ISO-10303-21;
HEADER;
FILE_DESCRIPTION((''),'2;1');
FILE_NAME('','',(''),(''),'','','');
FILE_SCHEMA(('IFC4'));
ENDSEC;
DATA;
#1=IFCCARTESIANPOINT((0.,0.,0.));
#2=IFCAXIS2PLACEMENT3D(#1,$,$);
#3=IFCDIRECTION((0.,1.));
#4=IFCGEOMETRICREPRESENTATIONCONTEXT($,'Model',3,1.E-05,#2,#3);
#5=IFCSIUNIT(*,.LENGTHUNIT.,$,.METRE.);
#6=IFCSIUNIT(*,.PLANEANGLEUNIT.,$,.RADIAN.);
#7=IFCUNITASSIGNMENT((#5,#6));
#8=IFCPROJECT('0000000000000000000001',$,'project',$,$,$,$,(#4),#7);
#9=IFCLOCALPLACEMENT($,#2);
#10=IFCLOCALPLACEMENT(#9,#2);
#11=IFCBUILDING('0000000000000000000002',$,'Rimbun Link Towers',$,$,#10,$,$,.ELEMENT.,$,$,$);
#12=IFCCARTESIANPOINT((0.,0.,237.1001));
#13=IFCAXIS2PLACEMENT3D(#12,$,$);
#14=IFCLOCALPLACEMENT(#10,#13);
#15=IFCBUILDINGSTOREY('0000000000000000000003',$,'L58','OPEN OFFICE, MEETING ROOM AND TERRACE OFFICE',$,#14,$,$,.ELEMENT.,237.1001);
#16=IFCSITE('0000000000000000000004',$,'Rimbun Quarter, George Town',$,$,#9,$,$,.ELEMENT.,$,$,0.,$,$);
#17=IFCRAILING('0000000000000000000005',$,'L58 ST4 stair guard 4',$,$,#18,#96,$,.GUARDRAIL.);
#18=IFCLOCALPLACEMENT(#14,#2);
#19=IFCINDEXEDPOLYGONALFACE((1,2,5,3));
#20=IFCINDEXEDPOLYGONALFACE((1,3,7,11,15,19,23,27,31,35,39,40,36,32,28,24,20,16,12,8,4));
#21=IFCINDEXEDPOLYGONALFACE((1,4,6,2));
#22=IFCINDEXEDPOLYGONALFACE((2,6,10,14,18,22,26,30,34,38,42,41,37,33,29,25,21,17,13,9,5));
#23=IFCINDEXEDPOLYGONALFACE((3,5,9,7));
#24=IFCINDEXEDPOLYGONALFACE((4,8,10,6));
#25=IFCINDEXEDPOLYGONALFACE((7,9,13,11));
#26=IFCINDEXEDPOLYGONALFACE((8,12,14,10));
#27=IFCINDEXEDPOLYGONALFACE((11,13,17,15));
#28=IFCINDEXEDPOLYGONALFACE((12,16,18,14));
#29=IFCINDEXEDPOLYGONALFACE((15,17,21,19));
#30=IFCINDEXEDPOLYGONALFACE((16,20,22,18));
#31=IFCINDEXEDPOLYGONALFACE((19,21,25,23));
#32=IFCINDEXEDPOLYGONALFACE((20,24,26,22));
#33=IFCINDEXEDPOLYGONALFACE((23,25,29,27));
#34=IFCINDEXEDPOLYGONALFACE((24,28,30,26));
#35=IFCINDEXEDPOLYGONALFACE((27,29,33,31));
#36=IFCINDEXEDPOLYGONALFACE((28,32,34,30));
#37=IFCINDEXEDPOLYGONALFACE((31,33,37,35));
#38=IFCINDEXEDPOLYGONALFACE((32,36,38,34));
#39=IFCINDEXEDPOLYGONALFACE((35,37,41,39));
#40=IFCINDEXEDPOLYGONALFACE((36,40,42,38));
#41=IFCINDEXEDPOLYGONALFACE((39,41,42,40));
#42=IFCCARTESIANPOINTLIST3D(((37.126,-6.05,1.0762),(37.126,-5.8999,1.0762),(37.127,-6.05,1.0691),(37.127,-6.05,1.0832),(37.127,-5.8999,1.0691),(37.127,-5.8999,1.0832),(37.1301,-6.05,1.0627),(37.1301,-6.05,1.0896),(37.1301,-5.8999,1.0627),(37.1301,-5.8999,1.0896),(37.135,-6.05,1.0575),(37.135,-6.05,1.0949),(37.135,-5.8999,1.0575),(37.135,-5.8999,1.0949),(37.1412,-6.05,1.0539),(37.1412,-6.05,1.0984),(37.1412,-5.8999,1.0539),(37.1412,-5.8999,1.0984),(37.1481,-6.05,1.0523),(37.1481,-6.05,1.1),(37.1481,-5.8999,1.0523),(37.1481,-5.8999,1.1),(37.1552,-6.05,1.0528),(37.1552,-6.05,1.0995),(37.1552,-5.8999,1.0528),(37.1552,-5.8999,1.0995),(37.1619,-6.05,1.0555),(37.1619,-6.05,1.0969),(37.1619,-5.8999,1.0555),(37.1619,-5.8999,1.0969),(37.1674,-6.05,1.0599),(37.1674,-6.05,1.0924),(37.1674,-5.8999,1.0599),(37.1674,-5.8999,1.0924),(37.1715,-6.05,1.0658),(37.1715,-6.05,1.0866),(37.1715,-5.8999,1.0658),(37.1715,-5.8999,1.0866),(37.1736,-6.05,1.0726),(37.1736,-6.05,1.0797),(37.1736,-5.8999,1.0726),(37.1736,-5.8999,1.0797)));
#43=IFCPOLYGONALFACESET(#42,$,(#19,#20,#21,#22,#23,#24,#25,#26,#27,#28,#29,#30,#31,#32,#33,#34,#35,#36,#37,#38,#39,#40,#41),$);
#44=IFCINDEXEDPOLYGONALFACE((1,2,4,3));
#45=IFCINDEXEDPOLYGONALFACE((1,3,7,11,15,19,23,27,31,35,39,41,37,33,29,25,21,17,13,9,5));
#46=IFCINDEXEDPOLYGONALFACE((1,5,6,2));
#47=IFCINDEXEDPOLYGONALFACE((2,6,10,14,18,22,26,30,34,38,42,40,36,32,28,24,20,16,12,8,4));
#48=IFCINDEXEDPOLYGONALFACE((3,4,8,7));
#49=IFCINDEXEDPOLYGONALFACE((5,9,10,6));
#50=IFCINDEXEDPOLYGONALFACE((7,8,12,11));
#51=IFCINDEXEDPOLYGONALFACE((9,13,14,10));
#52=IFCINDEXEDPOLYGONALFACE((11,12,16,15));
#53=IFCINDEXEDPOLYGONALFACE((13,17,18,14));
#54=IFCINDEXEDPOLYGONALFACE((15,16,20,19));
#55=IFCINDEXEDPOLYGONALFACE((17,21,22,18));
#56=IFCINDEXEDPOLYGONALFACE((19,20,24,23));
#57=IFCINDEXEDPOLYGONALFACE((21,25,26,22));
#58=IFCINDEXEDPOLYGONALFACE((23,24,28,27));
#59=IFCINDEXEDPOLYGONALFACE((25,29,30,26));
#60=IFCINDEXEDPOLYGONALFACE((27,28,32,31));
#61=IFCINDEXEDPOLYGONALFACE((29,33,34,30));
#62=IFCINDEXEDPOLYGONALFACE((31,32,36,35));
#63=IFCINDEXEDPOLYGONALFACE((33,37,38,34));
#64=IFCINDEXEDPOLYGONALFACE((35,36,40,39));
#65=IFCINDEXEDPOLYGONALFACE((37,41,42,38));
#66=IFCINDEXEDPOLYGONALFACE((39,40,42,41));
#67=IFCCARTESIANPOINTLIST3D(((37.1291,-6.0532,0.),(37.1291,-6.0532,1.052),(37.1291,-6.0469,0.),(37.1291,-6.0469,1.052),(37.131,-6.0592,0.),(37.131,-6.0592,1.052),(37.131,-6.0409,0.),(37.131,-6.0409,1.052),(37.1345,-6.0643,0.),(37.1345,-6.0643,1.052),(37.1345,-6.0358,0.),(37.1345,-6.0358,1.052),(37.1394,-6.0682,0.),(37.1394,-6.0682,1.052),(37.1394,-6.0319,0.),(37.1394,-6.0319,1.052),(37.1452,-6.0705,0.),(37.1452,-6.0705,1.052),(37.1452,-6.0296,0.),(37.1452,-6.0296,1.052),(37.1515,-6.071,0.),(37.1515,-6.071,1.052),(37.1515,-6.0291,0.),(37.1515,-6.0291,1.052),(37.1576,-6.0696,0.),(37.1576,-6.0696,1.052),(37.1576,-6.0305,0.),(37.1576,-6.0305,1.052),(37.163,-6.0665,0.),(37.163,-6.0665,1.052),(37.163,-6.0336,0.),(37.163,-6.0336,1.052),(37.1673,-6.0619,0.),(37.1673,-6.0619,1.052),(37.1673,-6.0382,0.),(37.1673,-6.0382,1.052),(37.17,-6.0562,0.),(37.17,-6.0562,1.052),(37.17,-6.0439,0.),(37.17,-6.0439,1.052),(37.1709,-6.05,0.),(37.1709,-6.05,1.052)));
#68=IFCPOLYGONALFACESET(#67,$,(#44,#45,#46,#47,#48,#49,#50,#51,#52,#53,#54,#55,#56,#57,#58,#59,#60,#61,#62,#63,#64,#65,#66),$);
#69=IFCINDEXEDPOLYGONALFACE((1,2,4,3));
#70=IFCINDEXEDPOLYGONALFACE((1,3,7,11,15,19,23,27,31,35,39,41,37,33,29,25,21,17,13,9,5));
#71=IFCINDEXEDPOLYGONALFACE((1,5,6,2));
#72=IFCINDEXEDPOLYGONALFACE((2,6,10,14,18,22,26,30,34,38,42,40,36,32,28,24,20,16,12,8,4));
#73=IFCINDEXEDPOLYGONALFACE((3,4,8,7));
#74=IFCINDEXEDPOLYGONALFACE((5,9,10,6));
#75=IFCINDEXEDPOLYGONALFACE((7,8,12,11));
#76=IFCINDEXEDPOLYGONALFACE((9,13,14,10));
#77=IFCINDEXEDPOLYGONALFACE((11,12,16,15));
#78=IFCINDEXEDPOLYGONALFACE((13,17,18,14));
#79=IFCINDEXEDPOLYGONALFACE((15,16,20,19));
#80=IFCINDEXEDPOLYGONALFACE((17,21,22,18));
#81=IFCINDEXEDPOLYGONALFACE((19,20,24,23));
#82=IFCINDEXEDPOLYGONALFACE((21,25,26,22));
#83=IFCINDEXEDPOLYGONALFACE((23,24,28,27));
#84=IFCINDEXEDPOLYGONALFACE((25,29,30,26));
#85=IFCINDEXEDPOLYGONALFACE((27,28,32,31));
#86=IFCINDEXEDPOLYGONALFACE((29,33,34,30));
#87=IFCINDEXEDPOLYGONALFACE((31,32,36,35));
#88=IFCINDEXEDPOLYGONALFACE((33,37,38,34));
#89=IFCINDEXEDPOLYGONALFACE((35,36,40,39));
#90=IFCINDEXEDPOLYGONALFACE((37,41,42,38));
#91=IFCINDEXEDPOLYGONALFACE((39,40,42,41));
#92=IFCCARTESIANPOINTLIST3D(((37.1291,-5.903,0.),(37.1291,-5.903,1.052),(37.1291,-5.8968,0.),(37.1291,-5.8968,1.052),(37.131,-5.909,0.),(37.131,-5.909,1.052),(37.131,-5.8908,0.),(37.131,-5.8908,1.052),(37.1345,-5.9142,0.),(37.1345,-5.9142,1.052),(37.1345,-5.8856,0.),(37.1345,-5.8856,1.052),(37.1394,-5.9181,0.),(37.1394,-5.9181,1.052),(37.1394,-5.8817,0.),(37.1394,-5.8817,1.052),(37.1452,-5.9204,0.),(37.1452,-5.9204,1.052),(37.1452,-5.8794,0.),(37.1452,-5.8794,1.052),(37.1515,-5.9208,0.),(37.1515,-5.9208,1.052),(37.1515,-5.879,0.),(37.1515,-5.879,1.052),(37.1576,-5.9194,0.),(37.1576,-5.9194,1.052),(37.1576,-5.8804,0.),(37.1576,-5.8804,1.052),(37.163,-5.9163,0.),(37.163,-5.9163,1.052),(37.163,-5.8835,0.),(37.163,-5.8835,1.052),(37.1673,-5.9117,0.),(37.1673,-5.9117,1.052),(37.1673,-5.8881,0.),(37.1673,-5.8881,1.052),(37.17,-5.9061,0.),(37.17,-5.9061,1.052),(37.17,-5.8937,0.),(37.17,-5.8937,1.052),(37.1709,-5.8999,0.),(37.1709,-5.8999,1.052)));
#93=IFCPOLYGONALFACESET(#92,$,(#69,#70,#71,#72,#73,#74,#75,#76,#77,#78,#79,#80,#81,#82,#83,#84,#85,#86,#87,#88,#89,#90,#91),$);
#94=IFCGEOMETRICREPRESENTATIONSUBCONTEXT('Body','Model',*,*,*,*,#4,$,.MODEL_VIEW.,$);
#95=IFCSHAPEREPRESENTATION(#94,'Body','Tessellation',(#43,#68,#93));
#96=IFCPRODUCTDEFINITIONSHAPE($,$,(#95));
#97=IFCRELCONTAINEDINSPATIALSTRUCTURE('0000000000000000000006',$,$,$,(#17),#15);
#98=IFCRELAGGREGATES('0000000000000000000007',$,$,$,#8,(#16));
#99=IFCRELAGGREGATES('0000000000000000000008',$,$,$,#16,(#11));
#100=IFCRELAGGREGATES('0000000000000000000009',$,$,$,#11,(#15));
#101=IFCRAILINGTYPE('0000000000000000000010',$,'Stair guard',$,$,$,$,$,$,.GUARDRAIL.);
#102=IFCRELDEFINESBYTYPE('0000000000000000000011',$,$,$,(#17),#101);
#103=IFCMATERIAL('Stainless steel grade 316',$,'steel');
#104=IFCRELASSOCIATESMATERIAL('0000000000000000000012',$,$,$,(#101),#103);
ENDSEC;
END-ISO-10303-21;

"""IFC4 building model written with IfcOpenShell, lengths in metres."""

from ifc_helpers import new_model, si_unit, direction, frame, origin, origin_2d, place, context, subcontext, project, spatial, circle, extrude, material, type_object, element, save


model = new_model("IFC4")

# Units and contexts
model_context = context("Model", 3, precision=1e-05, world=origin(), true_north=direction((0.0, 1.0)))
body_context = subcontext(model_context, "Body", "Model", "MODEL_VIEW")
ifc_project = project(units=[si_unit("LENGTHUNIT", "METRE"), si_unit("PLANEANGLEUNIT", "RADIAN")], contexts=[model_context])

# Site, building, storey
site_placement = place(None, origin())
site = spatial("IfcSite", under=ifc_project, at=site_placement, Name="Rimbun Quarter, George Town", CompositionType="ELEMENT", RefElevation=0.0)
building_placement = place(site_placement, origin())
building = spatial("IfcBuilding", under=site, at=building_placement, Name="Rimbun Link Towers", CompositionType="ELEMENT")
storey_placement = place(building_placement, frame((0.0, 0.0, 237.1001)))
storey = spatial("IfcBuildingStorey", under=building, at=storey_placement, Name="L58", Description="OPEN OFFICE, MEETING ROOM AND TERRACE OFFICE", CompositionType="ELEMENT", Elevation=237.1001)

# Railing
ifc_material_1 = material(Name="Stainless steel grade 316", Category="steel")
railing_type_1 = type_object("IfcRailingType", Name="Stair guard", PredefinedType="GUARDRAIL", material=ifc_material_1)
railing_1_placement = place(storey_placement, frame((37.1499, -6.05, 0.0)))
element("IfcRailing", 1, at=railing_1_placement, inside=storey, type_object=railing_type_1, Name="L58 ST4 stair guard 4", PredefinedType="GUARDRAIL", context=body_context, shape_type="SweptSolid", body=[
    extrude(circle(Radius=0.0239, at=origin_2d()), frame((0.0, 0.0, 1.0762), z_axis=(0.0, 1.0, 0.0), x_axis=(-1.0, 0.0, 0.0)), (0.0, 0.0, 1.0), 0.1501),
    extrude(circle(Radius=0.021, at=origin_2d()), origin(), (0.0, 0.0, 1.0), 1.052),
    extrude(circle(Radius=0.021, at=origin_2d()), frame((0.0, 0.1501, 0.0)), (0.0, 0.0, 1.0), 1.052),
])

save(model, "model.ifc")
